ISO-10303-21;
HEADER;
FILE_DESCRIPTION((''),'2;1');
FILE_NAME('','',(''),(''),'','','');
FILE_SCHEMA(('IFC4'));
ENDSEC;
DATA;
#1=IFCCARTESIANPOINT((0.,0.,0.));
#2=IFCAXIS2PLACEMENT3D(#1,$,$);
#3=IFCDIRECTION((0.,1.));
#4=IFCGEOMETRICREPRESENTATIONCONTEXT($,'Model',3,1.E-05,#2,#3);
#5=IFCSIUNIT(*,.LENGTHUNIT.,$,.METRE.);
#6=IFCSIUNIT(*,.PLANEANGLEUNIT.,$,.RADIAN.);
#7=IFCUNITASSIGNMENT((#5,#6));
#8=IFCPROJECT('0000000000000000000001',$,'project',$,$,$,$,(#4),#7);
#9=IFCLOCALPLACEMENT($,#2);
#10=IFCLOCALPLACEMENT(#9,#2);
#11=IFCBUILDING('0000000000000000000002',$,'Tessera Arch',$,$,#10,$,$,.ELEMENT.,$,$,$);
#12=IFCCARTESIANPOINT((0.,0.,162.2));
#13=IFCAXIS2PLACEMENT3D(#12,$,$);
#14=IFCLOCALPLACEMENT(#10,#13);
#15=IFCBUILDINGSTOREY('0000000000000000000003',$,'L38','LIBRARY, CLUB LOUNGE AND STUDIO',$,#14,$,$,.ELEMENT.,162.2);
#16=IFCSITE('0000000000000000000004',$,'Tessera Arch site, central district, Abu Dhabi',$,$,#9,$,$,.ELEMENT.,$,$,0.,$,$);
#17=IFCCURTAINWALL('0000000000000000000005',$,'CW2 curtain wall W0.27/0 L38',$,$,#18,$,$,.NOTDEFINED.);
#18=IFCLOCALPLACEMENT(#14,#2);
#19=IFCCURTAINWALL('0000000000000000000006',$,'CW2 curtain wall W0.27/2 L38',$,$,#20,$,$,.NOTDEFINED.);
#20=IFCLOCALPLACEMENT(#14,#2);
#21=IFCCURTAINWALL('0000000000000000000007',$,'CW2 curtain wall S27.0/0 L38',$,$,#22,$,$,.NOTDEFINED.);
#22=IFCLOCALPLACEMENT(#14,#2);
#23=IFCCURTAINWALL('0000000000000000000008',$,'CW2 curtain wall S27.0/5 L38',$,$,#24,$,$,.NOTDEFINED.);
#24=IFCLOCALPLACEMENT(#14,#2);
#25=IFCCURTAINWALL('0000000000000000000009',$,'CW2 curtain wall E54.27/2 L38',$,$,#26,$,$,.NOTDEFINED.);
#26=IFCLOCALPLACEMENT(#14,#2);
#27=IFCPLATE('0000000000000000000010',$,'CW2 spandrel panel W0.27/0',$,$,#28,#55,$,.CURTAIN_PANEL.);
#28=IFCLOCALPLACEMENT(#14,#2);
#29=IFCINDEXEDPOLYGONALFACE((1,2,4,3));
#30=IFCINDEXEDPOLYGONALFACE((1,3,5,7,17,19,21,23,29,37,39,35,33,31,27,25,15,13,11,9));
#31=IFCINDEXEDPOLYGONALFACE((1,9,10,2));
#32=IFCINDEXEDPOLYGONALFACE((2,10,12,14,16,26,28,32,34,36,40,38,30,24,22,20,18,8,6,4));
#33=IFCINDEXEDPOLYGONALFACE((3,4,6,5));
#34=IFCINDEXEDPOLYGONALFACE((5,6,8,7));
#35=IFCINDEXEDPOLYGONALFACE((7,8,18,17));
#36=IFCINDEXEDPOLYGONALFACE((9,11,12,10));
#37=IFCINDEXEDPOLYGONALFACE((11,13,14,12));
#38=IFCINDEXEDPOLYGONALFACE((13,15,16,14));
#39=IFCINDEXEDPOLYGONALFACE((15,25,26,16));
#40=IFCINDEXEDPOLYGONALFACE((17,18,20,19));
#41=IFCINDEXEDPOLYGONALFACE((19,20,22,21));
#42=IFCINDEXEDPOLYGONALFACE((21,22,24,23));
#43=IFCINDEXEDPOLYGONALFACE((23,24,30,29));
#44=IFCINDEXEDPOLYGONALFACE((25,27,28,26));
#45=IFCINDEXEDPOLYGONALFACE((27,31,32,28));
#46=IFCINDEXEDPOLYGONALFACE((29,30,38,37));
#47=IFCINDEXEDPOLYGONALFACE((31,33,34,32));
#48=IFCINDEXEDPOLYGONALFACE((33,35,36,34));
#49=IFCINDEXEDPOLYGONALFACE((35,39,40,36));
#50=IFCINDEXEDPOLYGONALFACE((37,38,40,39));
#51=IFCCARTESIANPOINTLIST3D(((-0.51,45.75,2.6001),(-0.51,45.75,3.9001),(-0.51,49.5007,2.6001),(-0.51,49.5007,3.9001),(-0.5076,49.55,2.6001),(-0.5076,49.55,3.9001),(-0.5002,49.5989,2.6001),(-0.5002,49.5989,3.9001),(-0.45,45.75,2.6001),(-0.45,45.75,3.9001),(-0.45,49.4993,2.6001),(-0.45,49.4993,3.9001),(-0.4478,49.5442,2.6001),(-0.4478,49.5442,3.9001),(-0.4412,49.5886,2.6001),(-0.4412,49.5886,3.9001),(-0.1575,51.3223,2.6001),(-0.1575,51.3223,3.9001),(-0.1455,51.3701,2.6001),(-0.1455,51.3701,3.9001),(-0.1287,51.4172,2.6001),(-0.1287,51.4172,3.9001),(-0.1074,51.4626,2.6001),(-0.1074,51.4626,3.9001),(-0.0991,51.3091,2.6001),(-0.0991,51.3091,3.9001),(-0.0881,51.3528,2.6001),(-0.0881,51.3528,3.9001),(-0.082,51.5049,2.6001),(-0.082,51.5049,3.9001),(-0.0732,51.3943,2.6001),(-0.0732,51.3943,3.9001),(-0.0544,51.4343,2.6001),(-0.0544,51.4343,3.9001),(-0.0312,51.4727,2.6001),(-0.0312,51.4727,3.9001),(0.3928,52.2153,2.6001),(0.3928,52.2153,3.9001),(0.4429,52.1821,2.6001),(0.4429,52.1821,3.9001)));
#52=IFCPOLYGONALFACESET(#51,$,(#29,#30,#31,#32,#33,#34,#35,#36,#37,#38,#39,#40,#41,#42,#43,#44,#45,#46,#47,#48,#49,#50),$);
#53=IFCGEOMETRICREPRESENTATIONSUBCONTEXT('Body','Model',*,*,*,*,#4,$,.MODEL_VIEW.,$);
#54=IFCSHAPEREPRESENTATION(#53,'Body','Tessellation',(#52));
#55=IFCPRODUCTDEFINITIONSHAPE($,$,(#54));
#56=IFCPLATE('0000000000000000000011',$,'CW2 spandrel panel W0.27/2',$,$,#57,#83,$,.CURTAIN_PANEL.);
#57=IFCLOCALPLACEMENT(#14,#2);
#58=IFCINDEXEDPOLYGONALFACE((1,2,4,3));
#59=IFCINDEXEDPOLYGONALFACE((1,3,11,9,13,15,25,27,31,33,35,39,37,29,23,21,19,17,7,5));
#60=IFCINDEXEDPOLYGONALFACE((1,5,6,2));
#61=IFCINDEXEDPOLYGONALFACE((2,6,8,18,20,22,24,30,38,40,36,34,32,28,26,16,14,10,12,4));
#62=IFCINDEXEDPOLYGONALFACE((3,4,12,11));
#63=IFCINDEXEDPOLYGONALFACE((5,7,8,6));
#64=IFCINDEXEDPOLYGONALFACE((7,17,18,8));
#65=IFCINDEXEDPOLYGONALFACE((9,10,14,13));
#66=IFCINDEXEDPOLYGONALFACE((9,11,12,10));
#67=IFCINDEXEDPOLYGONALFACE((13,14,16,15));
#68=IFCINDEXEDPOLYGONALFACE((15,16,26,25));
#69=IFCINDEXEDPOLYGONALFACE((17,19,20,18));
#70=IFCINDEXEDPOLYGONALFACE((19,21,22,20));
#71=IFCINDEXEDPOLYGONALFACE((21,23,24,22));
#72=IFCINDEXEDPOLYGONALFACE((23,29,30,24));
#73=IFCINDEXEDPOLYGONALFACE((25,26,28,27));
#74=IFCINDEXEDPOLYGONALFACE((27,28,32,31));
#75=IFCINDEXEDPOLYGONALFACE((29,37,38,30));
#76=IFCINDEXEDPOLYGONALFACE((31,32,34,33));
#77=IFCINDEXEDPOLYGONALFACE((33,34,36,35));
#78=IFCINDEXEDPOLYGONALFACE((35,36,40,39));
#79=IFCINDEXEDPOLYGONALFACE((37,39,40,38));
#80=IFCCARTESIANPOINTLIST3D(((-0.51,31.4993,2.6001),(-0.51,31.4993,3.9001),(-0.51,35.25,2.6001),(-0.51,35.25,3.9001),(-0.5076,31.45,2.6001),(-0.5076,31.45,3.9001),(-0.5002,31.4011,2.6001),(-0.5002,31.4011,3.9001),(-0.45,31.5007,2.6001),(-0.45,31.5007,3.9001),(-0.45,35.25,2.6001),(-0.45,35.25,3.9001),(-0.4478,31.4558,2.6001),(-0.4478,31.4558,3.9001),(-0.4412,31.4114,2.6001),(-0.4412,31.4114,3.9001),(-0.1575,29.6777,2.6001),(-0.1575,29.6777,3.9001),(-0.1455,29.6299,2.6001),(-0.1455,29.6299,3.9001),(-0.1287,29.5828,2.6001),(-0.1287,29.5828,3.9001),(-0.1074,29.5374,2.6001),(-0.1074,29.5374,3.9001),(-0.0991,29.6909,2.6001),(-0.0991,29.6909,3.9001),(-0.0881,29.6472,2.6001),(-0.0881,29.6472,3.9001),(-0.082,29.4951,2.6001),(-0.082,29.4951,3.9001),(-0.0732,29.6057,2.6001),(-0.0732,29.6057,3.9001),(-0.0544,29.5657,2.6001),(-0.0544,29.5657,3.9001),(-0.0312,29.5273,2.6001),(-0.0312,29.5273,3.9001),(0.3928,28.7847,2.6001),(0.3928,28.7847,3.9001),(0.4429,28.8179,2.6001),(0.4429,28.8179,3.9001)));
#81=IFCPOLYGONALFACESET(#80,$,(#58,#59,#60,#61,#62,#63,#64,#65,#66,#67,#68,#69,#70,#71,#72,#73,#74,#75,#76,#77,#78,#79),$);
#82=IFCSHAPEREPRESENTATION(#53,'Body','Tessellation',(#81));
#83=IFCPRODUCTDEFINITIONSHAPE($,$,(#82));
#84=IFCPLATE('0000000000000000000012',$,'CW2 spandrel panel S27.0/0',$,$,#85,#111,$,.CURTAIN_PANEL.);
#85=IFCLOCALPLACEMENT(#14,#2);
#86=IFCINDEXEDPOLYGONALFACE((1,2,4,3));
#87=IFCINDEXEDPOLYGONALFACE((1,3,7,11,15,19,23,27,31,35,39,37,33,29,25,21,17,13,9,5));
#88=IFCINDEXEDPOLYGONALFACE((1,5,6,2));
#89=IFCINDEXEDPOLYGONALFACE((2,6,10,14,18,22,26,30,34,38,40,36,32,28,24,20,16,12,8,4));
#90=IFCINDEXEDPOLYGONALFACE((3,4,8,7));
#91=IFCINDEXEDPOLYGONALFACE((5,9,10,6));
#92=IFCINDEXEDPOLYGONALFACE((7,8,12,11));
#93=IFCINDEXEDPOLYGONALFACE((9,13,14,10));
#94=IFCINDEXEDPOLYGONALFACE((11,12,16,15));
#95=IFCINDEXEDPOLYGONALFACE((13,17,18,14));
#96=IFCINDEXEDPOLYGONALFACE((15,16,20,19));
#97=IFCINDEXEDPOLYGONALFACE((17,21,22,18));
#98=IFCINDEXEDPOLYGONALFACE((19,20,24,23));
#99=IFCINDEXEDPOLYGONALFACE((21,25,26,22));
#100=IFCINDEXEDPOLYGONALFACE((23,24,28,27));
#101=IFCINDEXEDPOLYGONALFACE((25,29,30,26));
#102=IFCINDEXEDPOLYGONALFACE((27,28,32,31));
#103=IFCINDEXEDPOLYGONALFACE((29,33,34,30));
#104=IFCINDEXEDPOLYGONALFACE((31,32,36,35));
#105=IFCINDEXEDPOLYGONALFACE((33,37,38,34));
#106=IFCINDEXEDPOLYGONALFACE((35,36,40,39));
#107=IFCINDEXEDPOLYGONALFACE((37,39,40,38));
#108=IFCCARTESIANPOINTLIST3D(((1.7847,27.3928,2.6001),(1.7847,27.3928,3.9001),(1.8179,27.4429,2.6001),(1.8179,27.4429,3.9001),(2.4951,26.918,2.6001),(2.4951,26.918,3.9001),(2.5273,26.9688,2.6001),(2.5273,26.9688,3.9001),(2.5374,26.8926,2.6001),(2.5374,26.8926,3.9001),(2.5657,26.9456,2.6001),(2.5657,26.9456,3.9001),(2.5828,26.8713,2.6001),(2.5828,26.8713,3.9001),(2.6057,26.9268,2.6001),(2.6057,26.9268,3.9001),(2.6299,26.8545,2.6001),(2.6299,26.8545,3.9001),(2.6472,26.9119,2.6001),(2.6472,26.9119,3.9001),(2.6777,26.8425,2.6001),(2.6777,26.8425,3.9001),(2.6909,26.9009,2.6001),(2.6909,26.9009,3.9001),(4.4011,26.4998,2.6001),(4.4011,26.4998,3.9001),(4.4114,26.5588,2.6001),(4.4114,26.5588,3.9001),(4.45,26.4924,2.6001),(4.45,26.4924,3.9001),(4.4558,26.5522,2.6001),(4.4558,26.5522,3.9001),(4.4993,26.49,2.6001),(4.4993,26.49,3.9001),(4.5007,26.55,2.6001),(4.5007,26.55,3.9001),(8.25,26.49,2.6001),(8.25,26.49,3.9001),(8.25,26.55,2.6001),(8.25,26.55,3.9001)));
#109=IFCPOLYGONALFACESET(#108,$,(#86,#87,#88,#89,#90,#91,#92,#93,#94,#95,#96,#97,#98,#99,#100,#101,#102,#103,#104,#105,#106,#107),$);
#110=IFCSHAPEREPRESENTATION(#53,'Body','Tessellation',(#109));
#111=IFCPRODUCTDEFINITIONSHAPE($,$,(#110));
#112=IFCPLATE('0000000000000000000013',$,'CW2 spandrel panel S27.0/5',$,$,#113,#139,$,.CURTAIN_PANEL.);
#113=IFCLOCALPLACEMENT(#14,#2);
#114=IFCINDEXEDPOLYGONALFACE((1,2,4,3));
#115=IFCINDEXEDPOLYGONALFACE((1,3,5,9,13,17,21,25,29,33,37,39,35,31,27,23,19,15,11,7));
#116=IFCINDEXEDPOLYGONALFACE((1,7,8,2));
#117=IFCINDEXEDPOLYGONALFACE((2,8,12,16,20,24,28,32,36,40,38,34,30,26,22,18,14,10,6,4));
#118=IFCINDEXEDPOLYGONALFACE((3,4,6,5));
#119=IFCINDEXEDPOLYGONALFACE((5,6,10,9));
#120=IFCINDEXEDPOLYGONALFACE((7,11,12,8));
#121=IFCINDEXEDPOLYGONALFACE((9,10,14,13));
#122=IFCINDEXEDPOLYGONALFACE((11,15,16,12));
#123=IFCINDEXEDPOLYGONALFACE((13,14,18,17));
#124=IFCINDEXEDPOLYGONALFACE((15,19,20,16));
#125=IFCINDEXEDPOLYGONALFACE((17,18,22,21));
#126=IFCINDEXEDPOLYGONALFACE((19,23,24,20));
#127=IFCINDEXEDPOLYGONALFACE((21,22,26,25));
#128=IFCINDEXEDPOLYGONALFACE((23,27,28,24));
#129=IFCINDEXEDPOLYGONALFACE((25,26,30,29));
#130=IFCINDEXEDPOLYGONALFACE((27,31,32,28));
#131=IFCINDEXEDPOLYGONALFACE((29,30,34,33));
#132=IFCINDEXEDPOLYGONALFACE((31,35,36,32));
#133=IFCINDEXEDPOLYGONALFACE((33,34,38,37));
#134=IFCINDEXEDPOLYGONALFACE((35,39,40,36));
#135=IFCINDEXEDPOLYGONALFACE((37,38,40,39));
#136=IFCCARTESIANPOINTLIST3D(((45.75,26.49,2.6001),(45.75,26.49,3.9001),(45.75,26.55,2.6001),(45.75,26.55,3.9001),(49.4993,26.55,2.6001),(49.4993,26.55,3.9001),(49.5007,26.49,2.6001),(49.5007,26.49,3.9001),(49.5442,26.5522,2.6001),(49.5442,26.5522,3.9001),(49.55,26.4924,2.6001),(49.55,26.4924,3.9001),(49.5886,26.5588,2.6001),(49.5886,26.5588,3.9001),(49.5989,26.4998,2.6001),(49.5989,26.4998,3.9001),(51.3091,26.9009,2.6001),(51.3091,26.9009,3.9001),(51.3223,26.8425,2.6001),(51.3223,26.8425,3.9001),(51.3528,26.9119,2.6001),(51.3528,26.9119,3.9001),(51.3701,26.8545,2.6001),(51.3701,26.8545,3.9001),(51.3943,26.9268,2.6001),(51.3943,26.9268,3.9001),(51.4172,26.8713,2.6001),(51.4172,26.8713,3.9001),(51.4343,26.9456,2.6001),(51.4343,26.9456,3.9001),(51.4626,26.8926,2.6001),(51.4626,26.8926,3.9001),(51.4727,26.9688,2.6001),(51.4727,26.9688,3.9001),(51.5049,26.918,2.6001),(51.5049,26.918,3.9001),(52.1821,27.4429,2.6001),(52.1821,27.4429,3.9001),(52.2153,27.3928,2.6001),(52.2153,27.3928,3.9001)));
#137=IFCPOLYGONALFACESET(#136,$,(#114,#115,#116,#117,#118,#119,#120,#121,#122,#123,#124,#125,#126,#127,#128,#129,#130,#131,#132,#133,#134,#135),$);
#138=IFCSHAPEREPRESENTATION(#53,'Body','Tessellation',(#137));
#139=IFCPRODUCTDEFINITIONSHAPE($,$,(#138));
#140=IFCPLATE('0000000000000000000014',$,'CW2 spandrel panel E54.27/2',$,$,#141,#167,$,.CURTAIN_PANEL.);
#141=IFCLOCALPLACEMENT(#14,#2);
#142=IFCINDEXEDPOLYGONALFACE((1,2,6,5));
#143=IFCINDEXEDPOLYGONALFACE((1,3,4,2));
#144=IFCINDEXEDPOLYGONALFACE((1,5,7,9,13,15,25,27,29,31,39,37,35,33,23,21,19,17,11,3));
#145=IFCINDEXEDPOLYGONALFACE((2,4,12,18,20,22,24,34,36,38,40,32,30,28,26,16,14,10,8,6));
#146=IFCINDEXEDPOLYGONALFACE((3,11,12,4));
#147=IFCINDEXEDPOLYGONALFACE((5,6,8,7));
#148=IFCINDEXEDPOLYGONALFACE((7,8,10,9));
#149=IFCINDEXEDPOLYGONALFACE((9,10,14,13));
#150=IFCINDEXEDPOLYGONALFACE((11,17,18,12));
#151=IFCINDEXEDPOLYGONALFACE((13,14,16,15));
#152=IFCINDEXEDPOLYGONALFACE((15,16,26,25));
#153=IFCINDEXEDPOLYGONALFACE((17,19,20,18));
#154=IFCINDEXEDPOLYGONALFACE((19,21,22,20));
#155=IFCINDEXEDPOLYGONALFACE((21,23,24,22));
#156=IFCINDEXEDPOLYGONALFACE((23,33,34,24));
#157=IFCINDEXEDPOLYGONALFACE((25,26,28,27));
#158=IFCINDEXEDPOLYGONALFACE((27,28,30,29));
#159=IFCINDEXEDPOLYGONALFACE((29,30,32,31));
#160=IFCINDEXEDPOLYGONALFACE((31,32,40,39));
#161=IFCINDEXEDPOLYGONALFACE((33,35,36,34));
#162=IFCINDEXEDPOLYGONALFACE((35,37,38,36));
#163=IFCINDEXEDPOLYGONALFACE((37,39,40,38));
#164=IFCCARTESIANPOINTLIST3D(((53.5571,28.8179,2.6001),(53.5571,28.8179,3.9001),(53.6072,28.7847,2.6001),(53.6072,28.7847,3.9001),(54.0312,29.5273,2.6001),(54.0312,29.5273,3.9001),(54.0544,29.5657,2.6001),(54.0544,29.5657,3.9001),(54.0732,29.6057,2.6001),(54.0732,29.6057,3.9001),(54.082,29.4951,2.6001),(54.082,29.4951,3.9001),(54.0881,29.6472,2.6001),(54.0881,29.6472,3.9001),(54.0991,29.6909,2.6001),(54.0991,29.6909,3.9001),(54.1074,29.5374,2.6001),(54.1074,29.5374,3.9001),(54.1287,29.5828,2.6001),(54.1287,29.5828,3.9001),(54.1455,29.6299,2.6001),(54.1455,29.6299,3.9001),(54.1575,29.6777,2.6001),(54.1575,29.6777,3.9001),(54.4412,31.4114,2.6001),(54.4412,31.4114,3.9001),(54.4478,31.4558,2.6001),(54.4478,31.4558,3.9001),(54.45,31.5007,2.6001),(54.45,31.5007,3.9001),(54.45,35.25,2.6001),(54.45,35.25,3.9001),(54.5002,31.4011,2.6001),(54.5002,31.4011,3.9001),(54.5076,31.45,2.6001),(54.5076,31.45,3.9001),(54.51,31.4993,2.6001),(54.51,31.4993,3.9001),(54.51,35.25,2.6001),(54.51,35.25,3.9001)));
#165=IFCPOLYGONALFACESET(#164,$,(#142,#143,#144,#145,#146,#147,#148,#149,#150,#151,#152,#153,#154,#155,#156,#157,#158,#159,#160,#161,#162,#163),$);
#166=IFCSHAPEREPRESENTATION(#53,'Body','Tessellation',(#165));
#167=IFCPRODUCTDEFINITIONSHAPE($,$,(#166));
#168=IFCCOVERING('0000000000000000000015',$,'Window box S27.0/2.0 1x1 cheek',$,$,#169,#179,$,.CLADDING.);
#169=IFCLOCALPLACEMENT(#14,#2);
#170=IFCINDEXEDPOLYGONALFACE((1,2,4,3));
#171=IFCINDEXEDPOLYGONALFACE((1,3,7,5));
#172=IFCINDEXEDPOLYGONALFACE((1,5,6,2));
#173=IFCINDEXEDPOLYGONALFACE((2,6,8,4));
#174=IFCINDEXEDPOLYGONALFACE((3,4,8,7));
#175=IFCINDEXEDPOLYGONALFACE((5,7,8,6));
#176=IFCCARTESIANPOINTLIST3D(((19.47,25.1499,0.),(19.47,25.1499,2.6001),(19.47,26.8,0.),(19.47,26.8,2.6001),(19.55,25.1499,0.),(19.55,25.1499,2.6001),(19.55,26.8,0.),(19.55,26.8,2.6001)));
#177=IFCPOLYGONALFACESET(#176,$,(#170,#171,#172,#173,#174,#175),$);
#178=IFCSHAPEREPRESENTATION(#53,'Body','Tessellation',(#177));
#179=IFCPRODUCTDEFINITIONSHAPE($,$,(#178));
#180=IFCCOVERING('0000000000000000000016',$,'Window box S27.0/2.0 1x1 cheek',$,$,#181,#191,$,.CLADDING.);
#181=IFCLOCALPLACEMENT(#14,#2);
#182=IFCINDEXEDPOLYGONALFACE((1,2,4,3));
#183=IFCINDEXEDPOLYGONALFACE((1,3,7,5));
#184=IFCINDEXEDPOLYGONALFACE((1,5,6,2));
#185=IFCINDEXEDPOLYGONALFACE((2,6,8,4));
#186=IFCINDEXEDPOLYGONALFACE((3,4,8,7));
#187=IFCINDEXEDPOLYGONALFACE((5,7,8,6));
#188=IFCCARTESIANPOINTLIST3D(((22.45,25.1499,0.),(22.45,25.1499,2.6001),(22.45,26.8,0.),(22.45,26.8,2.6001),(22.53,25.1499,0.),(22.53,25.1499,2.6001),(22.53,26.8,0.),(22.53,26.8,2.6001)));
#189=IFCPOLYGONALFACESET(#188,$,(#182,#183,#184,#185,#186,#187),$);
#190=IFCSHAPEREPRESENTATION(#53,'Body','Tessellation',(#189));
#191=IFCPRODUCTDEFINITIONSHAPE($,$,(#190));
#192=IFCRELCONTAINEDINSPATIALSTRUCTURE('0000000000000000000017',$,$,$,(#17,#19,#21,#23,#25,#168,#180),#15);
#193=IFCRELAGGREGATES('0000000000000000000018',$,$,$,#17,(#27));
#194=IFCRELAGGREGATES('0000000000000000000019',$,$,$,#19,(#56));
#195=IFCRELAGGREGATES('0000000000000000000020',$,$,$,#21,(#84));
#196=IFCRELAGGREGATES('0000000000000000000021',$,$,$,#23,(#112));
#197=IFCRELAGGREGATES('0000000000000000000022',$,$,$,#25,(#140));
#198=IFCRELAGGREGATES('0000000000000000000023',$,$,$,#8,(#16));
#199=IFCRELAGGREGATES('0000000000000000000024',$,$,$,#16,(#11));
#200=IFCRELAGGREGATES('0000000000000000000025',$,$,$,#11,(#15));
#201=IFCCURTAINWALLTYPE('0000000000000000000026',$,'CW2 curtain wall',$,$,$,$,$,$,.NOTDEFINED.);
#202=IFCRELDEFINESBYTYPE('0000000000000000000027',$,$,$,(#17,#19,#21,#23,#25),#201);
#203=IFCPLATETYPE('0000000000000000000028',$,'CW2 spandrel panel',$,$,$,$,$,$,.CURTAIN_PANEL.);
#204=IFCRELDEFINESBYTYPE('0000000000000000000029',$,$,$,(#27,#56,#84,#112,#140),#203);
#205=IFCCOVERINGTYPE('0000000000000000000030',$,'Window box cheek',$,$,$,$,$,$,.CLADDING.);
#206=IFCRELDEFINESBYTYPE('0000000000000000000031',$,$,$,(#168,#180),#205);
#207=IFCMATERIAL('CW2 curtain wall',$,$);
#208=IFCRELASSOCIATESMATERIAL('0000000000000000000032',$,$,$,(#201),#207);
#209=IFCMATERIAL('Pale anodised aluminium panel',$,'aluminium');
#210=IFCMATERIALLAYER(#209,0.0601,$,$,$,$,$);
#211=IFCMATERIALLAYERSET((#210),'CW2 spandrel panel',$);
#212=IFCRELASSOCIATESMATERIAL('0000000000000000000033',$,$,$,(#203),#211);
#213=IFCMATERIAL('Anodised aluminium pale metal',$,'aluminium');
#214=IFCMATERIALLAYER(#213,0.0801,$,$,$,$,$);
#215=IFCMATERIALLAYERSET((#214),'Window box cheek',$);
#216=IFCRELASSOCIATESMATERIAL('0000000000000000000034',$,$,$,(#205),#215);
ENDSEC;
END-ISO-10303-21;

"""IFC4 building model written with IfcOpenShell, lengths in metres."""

from ifc_helpers import new_model, si_unit, direction, frame, origin, place, context, subcontext, project, spatial, polyline, outline, extrude, material, layer, layer_set, type_object, element, aggregate, save


model = new_model("IFC4")

# Units and contexts
model_context = context("Model", 3, precision=1e-05, world=origin(), true_north=direction((0.0, 1.0)))
body_context = subcontext(model_context, "Body", "Model", "MODEL_VIEW")
ifc_project = project(units=[si_unit("LENGTHUNIT", "METRE"), si_unit("PLANEANGLEUNIT", "RADIAN")], contexts=[model_context])

# Site, building, storey
site_placement = place(None, origin())
site = spatial("IfcSite", under=ifc_project, at=site_placement, Name="Tessera Arch site, central district, Abu Dhabi", CompositionType="ELEMENT", RefElevation=0.0)
building_placement = place(site_placement, origin())
building = spatial("IfcBuilding", under=site, at=building_placement, Name="Tessera Arch", CompositionType="ELEMENT")
storey_placement = place(building_placement, frame((0.0, 0.0, 162.2)))
storey = spatial("IfcBuildingStorey", under=building, at=storey_placement, Name="L38", Description="LIBRARY, CLUB LOUNGE AND STUDIO", CompositionType="ELEMENT", Elevation=162.2)

# Curtain walls
ifc_material_1 = material(Name="CW2 curtain wall")
curtain_wall_type = type_object("IfcCurtainWallType", Name="CW2 curtain wall", PredefinedType="NOTDEFINED", material=ifc_material_1)
curtain_wall_1_placement = place(storey_placement, origin())
curtain_wall_1 = element("IfcCurtainWall", 1, at=curtain_wall_1_placement, inside=storey, type_object=curtain_wall_type, Name="CW2 curtain wall W0.27/0 L38", PredefinedType="NOTDEFINED")
curtain_wall_2_placement = place(storey_placement, origin())
curtain_wall_2 = element("IfcCurtainWall", 2, at=curtain_wall_2_placement, inside=storey, type_object=curtain_wall_type, Name="CW2 curtain wall W0.27/2 L38", PredefinedType="NOTDEFINED")
curtain_wall_3_placement = place(storey_placement, origin())
curtain_wall_3 = element("IfcCurtainWall", 3, at=curtain_wall_3_placement, inside=storey, type_object=curtain_wall_type, Name="CW2 curtain wall S27.0/0 L38", PredefinedType="NOTDEFINED")
curtain_wall_4_placement = place(storey_placement, origin())
curtain_wall_4 = element("IfcCurtainWall", 4, at=curtain_wall_4_placement, inside=storey, type_object=curtain_wall_type, Name="CW2 curtain wall S27.0/5 L38", PredefinedType="NOTDEFINED")
curtain_wall_5_placement = place(storey_placement, origin())
curtain_wall_5 = element("IfcCurtainWall", 5, at=curtain_wall_5_placement, inside=storey, type_object=curtain_wall_type, Name="CW2 curtain wall E54.27/2 L38", PredefinedType="NOTDEFINED")

# Plates
ifc_material_2 = material(Name="Pale anodised aluminium panel", Category="aluminium")
ifc_layer_1 = layer(ifc_material_2, 0.0601)
ifc_layer_set_1 = layer_set([ifc_layer_1], Name="CW2 spandrel panel")
plate_type_1 = type_object("IfcPlateType", Name="CW2 spandrel panel", PredefinedType="CURTAIN_PANEL", material=ifc_layer_set_1)
plate_1_placement = place(storey_placement, frame((0.0, 0.0, 2.6001)))
plate_1 = element("IfcPlate", 6, at=plate_1_placement, type_object=plate_type_1, Name="CW2 spandrel panel W0.27/0", PredefinedType="CURTAIN_PANEL", context=body_context, shape_type="SweptSolid", body=[
    extrude(outline(polyline([(-0.0312, 51.4727), (0.4429, 52.1821), (0.3928, 52.2153), (-0.082, 51.5049), (-0.1074, 51.4626), (-0.1287, 51.4172), (-0.1455, 51.3701), (-0.1575, 51.3223), (-0.5002, 49.5989), (-0.5076, 49.55), (-0.51, 49.5007), (-0.51, 45.75), (-0.45, 45.75), (-0.45, 49.4993), (-0.4478, 49.5442), (-0.4412, 49.5886), (-0.0991, 51.3091), (-0.0881, 51.3528), (-0.0732, 51.3943), (-0.0544, 51.4343), (-0.0312, 51.4727)])), origin(), (0.0, 0.0, 1.0), 1.3),
])
aggregate(curtain_wall_1, [plate_1])
plate_2_placement = place(storey_placement, frame((0.0, 0.0, 2.6001)))
plate_2 = element("IfcPlate", 7, at=plate_2_placement, type_object=plate_type_1, Name="CW2 spandrel panel W0.27/2", PredefinedType="CURTAIN_PANEL", context=body_context, shape_type="SweptSolid", body=[
    extrude(outline(polyline([(-0.45, 31.5007), (-0.45, 35.25), (-0.51, 35.25), (-0.51, 31.4993), (-0.5076, 31.45), (-0.5002, 31.4011), (-0.1575, 29.6777), (-0.1455, 29.6299), (-0.1287, 29.5828), (-0.1074, 29.5374), (-0.082, 29.4951), (0.3928, 28.7847), (0.4429, 28.8179), (-0.0312, 29.5273), (-0.0544, 29.5657), (-0.0732, 29.6057), (-0.0881, 29.6472), (-0.0991, 29.6909), (-0.4412, 31.4114), (-0.4478, 31.4558), (-0.45, 31.5007)])), origin(), (0.0, 0.0, 1.0), 1.3),
])
aggregate(curtain_wall_2, [plate_2])
plate_3_placement = place(storey_placement, frame((0.0, 0.0, 2.6001)))
plate_3 = element("IfcPlate", 8, at=plate_3_placement, type_object=plate_type_1, Name="CW2 spandrel panel S27.0/0", PredefinedType="CURTAIN_PANEL", context=body_context, shape_type="SweptSolid", body=[
    extrude(outline(polyline([(2.5273, 26.9688), (1.8179, 27.4429), (1.7847, 27.3928), (2.4951, 26.918), (2.5374, 26.8926), (2.5828, 26.8713), (2.6299, 26.8545), (2.6777, 26.8425), (4.4011, 26.4998), (4.45, 26.4924), (4.4993, 26.49), (8.25, 26.49), (8.25, 26.55), (4.5007, 26.55), (4.4558, 26.5522), (4.4114, 26.5588), (2.6909, 26.9009), (2.6472, 26.9119), (2.6057, 26.9268), (2.5657, 26.9456), (2.5273, 26.9688)])), origin(), (0.0, 0.0, 1.0), 1.3),
])
aggregate(curtain_wall_3, [plate_3])
plate_4_placement = place(storey_placement, frame((0.0, 0.0, 2.6001)))
plate_4 = element("IfcPlate", 9, at=plate_4_placement, type_object=plate_type_1, Name="CW2 spandrel panel S27.0/5", PredefinedType="CURTAIN_PANEL", context=body_context, shape_type="SweptSolid", body=[
    extrude(outline(polyline([(49.4993, 26.55), (45.75, 26.55), (45.75, 26.49), (49.5007, 26.49), (49.55, 26.4924), (49.5989, 26.4998), (51.3223, 26.8425), (51.3701, 26.8545), (51.4172, 26.8713), (51.4626, 26.8926), (51.5049, 26.918), (52.2153, 27.3928), (52.1821, 27.4429), (51.4727, 26.9688), (51.4343, 26.9456), (51.3943, 26.9268), (51.3528, 26.9119), (51.3091, 26.9009), (49.5886, 26.5588), (49.5442, 26.5522), (49.4993, 26.55)])), origin(), (0.0, 0.0, 1.0), 1.3),
])
aggregate(curtain_wall_4, [plate_4])
plate_5_placement = place(storey_placement, frame((0.0, 0.0, 2.6001)))
plate_5 = element("IfcPlate", 10, at=plate_5_placement, type_object=plate_type_1, Name="CW2 spandrel panel E54.27/2", PredefinedType="CURTAIN_PANEL", context=body_context, shape_type="SweptSolid", body=[
    extrude(outline(polyline([(54.0312, 29.5273), (53.5571, 28.8179), (53.6072, 28.7847), (54.082, 29.4951), (54.1074, 29.5374), (54.1287, 29.5828), (54.1455, 29.6299), (54.1575, 29.6777), (54.5002, 31.4011), (54.5076, 31.45), (54.51, 31.4993), (54.51, 35.25), (54.45, 35.25), (54.45, 31.5007), (54.4478, 31.4558), (54.4412, 31.4114), (54.0991, 29.6909), (54.0881, 29.6472), (54.0732, 29.6057), (54.0544, 29.5657), (54.0312, 29.5273)])), origin(), (0.0, 0.0, 1.0), 1.3),
])
aggregate(curtain_wall_5, [plate_5])

# Coverings
ifc_material_3 = material(Name="Anodised aluminium pale metal", Category="aluminium")
ifc_layer_2 = layer(ifc_material_3, 0.0801)
ifc_layer_set_2 = layer_set([ifc_layer_2], Name="Window box cheek")
covering_type_1 = type_object("IfcCoveringType", Name="Window box cheek", PredefinedType="CLADDING", material=ifc_layer_set_2)
covering_1_placement = place(storey_placement, origin())
element("IfcCovering", 11, at=covering_1_placement, inside=storey, type_object=covering_type_1, Name="Window box S27.0/2.0 1x1 cheek", PredefinedType="CLADDING", context=body_context, shape_type="SweptSolid", body=[
    extrude(outline(polyline([(19.47, 25.1499), (19.55, 25.1499), (19.55, 26.8), (19.47, 26.8), (19.47, 25.1499)])), origin(), (0.0, 0.0, 1.0), 2.6001),
])
covering_2_placement = place(storey_placement, origin())
element("IfcCovering", 12, at=covering_2_placement, inside=storey, type_object=covering_type_1, Name="Window box S27.0/2.0 1x1 cheek", PredefinedType="CLADDING", context=body_context, shape_type="SweptSolid", body=[
    extrude(outline(polyline([(22.45, 25.1499), (22.53, 25.1499), (22.53, 26.8), (22.45, 26.8), (22.45, 25.1499)])), origin(), (0.0, 0.0, 1.0), 2.6001),
])

save(model, "model.ifc")
